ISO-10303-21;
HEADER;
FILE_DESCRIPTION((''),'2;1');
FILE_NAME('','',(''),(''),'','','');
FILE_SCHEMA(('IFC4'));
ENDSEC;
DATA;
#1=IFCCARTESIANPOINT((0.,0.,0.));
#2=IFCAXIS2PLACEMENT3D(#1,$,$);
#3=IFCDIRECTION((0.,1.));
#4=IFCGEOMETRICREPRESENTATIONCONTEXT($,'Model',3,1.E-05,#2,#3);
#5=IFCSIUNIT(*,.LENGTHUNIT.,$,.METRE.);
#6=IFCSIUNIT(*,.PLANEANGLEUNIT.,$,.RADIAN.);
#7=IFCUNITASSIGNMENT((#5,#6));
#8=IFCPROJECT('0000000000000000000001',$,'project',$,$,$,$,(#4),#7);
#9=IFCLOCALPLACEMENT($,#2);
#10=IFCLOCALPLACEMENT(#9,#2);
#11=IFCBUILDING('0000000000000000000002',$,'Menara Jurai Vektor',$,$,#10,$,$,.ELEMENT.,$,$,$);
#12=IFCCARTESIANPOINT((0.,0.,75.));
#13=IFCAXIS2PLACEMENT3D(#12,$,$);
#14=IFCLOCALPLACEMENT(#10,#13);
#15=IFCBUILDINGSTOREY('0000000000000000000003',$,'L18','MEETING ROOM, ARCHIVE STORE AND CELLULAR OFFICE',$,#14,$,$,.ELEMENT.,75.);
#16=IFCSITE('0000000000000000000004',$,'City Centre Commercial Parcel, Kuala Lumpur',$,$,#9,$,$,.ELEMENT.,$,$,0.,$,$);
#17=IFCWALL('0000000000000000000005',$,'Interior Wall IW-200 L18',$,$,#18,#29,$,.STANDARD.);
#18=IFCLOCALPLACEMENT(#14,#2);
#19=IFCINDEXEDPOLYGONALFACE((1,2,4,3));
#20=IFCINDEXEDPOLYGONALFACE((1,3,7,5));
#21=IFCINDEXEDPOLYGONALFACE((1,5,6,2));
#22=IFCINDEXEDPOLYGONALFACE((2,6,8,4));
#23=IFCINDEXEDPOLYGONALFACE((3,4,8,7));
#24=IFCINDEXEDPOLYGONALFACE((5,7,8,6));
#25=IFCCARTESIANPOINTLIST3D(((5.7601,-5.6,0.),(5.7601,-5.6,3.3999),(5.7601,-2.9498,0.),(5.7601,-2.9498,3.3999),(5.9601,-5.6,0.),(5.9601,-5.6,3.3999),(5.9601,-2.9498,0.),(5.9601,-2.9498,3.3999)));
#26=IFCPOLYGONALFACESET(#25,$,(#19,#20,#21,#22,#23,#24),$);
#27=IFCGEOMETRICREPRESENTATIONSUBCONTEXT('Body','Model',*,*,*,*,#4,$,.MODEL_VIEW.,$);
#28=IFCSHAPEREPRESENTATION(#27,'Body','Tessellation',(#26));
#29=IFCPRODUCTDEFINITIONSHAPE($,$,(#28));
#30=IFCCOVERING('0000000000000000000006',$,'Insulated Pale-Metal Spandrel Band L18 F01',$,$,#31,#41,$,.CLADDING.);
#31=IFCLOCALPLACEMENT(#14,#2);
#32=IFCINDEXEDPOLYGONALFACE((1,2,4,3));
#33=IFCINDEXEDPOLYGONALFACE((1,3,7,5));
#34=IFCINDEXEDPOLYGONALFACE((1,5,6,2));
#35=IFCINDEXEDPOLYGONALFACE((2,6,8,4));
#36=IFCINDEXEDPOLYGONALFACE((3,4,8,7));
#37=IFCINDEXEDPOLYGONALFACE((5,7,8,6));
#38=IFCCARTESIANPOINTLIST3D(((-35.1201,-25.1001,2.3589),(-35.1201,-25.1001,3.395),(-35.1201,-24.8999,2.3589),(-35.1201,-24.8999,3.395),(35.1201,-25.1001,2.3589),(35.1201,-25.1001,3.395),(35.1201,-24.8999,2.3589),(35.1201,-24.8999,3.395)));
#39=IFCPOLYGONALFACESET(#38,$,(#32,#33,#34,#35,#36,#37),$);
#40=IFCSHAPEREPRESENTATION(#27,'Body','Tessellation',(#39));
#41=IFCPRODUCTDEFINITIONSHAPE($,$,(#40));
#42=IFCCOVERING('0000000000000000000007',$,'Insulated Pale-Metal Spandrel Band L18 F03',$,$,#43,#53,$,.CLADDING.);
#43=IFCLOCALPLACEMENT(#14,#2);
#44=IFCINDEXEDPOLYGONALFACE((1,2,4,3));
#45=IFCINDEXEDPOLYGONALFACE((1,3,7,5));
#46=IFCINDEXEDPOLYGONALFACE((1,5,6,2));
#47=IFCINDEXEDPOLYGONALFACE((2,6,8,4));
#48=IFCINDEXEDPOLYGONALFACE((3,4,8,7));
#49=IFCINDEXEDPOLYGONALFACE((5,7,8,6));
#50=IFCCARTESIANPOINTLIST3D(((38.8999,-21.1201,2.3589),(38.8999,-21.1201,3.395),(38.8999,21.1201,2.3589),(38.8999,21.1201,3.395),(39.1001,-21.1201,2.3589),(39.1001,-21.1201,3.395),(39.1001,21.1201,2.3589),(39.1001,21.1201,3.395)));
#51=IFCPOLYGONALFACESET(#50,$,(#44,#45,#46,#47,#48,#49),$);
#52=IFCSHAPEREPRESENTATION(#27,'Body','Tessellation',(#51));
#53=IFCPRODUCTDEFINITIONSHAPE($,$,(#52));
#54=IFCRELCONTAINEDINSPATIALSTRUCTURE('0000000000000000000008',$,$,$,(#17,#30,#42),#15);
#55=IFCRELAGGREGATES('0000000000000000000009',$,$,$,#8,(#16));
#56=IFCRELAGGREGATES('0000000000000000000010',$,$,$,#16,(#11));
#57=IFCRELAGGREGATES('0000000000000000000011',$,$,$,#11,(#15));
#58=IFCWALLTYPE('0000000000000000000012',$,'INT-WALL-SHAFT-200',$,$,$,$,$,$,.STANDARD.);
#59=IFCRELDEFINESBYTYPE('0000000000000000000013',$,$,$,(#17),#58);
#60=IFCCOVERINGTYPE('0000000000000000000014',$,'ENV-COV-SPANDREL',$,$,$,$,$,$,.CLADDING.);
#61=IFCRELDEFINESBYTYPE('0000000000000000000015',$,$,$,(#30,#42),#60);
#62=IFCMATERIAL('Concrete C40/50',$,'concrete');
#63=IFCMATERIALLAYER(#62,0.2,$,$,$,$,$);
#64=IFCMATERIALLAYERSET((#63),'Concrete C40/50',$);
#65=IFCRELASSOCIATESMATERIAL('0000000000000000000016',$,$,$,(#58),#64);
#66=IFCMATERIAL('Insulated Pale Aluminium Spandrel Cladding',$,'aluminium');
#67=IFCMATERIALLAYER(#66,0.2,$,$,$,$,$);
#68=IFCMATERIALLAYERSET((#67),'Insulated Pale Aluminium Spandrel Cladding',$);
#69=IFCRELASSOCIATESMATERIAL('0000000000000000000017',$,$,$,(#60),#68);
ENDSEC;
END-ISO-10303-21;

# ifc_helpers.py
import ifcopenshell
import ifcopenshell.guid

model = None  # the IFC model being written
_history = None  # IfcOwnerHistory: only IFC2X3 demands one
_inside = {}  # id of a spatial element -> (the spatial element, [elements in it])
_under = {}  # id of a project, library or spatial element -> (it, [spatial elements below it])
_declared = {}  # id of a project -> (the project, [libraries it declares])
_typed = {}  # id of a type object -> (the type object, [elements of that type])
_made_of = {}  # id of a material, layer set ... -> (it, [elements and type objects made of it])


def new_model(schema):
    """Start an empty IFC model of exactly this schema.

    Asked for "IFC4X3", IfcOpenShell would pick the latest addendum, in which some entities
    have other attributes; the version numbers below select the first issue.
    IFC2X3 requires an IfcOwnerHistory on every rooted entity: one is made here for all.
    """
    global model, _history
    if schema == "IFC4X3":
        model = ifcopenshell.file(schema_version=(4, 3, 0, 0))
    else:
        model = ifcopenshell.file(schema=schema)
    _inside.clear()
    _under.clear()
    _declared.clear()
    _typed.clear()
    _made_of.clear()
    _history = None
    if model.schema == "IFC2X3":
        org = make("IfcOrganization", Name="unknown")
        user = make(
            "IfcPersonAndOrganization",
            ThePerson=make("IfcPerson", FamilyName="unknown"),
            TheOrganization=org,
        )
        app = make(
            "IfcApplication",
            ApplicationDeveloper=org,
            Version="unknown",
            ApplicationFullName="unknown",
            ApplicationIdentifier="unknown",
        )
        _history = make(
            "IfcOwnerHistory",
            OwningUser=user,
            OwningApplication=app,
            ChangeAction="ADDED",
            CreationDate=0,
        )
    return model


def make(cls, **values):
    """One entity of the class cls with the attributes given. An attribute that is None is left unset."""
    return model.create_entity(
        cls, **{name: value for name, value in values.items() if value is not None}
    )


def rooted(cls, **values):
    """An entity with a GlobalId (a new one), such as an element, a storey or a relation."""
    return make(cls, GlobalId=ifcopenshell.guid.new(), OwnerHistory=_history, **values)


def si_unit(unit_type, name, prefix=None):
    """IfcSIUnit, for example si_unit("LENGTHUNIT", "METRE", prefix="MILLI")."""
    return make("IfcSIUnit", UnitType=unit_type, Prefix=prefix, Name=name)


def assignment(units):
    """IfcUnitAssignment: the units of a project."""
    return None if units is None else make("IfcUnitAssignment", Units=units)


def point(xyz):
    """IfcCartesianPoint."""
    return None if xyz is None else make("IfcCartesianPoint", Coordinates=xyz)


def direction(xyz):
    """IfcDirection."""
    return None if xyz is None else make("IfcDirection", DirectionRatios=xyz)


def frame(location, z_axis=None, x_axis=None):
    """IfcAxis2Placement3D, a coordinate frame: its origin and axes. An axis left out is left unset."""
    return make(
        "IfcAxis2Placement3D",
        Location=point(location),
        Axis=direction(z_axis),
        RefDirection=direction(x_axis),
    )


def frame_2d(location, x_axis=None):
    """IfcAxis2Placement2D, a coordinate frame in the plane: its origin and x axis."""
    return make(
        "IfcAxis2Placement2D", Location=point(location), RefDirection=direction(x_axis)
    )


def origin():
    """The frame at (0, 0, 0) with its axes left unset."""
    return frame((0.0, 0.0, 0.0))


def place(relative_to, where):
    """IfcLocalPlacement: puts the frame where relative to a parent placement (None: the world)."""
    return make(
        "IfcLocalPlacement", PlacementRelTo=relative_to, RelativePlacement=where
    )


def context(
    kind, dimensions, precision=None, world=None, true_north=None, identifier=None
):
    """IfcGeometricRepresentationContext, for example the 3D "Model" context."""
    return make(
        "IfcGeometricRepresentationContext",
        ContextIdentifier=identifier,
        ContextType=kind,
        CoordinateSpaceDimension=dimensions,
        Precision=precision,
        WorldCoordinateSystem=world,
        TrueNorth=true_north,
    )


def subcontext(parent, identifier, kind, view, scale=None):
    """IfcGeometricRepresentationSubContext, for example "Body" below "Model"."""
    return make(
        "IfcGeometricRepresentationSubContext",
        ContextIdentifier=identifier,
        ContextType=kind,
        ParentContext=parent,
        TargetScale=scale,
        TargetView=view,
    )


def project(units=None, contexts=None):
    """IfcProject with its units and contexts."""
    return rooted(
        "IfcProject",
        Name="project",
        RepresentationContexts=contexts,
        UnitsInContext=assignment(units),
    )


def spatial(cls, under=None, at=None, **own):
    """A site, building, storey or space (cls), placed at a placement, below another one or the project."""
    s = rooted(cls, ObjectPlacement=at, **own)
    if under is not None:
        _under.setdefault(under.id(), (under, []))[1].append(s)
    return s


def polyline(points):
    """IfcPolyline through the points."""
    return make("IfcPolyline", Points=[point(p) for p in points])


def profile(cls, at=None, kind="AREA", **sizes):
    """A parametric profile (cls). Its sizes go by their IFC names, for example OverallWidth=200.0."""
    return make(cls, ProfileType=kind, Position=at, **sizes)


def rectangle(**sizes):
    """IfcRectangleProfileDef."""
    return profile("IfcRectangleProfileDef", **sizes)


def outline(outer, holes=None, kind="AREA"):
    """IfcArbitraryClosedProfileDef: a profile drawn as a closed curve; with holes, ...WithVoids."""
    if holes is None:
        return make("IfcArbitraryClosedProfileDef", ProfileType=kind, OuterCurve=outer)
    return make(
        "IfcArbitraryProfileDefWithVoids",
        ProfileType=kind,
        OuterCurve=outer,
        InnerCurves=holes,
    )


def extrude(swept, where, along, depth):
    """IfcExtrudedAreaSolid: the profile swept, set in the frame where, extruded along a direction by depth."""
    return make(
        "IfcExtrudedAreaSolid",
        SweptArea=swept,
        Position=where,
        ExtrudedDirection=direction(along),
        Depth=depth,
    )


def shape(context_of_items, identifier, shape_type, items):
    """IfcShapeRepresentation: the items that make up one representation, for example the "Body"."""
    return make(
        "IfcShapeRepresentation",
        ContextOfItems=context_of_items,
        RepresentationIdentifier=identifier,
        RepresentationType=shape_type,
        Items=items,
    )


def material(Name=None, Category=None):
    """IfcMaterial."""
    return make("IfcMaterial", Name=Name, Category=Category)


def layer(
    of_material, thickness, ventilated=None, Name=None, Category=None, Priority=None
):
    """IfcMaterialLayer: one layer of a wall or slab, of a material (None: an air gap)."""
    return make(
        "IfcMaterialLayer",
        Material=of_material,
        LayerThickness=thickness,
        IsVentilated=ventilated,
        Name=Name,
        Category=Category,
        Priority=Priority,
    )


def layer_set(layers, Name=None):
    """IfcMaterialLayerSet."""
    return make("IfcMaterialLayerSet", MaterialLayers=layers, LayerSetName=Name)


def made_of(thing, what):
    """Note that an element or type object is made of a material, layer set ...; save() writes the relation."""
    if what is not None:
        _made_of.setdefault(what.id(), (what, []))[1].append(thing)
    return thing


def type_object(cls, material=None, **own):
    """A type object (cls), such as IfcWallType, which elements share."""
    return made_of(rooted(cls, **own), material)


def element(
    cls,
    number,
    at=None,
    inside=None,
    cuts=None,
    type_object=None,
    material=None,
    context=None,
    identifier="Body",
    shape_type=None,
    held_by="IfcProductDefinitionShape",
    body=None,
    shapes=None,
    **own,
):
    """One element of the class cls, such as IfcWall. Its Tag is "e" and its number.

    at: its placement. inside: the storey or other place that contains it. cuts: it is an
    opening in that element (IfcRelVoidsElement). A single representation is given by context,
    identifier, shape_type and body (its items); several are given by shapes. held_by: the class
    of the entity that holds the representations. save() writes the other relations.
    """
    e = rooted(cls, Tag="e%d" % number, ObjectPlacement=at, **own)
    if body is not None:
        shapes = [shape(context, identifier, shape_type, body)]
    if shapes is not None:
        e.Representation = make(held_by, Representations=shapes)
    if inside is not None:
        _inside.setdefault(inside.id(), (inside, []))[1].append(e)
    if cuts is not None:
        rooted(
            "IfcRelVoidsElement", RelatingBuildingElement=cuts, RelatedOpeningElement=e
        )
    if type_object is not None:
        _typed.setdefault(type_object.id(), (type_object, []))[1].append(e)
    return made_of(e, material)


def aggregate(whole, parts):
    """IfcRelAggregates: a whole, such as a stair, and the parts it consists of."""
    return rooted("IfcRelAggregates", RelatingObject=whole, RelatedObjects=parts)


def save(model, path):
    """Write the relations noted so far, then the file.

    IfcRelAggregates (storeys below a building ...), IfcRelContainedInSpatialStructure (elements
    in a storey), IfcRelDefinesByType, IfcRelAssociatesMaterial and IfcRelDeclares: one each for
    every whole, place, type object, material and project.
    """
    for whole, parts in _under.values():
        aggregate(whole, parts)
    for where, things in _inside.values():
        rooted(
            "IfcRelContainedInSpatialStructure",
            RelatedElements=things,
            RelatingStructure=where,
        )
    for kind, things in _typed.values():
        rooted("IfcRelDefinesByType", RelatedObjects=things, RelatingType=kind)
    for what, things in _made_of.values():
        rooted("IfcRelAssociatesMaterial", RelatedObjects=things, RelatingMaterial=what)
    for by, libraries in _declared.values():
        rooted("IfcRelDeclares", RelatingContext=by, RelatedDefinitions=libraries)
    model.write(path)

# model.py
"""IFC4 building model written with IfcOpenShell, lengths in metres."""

from ifc_helpers import new_model, si_unit, direction, frame, frame_2d, origin, place, context, subcontext, project, spatial, polyline, rectangle, outline, extrude, material, layer, layer_set, type_object, element, save


model = new_model("IFC4")

# Units and contexts
model_context = context("Model", 3, precision=1e-05, world=origin(), true_north=direction((0.0, 1.0)))
body_context = subcontext(model_context, "Body", "Model", "MODEL_VIEW")
ifc_project = project(units=[si_unit("LENGTHUNIT", "METRE"), si_unit("PLANEANGLEUNIT", "RADIAN")], contexts=[model_context])

# Site, building, storey
site_placement = place(None, origin())
site = spatial("IfcSite", under=ifc_project, at=site_placement, Name="City Centre Commercial Parcel, Kuala Lumpur", CompositionType="ELEMENT", RefElevation=0.0)
building_placement = place(site_placement, origin())
building = spatial("IfcBuilding", under=site, at=building_placement, Name="Menara Jurai Vektor", CompositionType="ELEMENT")
storey_placement = place(building_placement, frame((0.0, 0.0, 75.0)))
storey = spatial("IfcBuildingStorey", under=building, at=storey_placement, Name="L18", Description="MEETING ROOM, ARCHIVE STORE AND CELLULAR OFFICE", CompositionType="ELEMENT", Elevation=75.0)

# Shared definitions
ifc_material_1 = material(Name="Concrete C40/50", Category="concrete")
ifc_layer_1 = layer(ifc_material_1, 0.2)
ifc_layer_set_1 = layer_set([ifc_layer_1], Name="Concrete C40/50")
wall_type_1 = type_object("IfcWallType", Name="INT-WALL-SHAFT-200", PredefinedType="STANDARD", material=ifc_layer_set_1)

# Wall
wall_1_placement = place(storey_placement, frame((5.8601, -5.6001, 0.0), z_axis=(0.0, 0.0, 1.0), x_axis=(0.0, 1.0, 0.0)))
element("IfcWall", 1, at=wall_1_placement, inside=storey, type_object=wall_type_1, Name="Interior Wall IW-200 L18", PredefinedType="STANDARD", context=body_context, shape_type="SweptSolid", body=[
    extrude(rectangle(XDim=2.6501, YDim=0.2, at=frame_2d((1.3252, 0.0))), origin(), (0.0, 0.0, 1.0), 3.3999),
])

# Coverings
ifc_material_2 = material(Name="Insulated Pale Aluminium Spandrel Cladding", Category="aluminium")
ifc_layer_2 = layer(ifc_material_2, 0.2)
ifc_layer_set_2 = layer_set([ifc_layer_2], Name="Insulated Pale Aluminium Spandrel Cladding")
covering_type = type_object("IfcCoveringType", Name="ENV-COV-SPANDREL", PredefinedType="CLADDING", material=ifc_layer_set_2)
covering_1_placement = place(storey_placement, frame((0.0, 0.0, 2.3589)))
element("IfcCovering", 2, at=covering_1_placement, inside=storey, type_object=covering_type, Name="Insulated Pale-Metal Spandrel Band L18 F01", PredefinedType="CLADDING", context=body_context, shape_type="SweptSolid", body=[
    extrude(outline(polyline([(-35.1201, -24.8999), (-35.1201, -25.1001), (35.1201, -25.1001), (35.1201, -24.8999), (-35.1201, -24.8999)])), origin(), (0.0, 0.0, 1.0), 1.0361),
])
covering_2_placement = place(storey_placement, frame((0.0, 0.0, 2.3589)))
element("IfcCovering", 3, at=covering_2_placement, inside=storey, type_object=covering_type, Name="Insulated Pale-Metal Spandrel Band L18 F03", PredefinedType="CLADDING", context=body_context, shape_type="SweptSolid", body=[
    extrude(outline(polyline([(38.8999, -21.1201), (39.1001, -21.1201), (39.1001, 21.1201), (38.8999, 21.1201), (38.8999, -21.1201)])), origin(), (0.0, 0.0, 1.0), 1.0361),
])

save(model, "model.ifc")
